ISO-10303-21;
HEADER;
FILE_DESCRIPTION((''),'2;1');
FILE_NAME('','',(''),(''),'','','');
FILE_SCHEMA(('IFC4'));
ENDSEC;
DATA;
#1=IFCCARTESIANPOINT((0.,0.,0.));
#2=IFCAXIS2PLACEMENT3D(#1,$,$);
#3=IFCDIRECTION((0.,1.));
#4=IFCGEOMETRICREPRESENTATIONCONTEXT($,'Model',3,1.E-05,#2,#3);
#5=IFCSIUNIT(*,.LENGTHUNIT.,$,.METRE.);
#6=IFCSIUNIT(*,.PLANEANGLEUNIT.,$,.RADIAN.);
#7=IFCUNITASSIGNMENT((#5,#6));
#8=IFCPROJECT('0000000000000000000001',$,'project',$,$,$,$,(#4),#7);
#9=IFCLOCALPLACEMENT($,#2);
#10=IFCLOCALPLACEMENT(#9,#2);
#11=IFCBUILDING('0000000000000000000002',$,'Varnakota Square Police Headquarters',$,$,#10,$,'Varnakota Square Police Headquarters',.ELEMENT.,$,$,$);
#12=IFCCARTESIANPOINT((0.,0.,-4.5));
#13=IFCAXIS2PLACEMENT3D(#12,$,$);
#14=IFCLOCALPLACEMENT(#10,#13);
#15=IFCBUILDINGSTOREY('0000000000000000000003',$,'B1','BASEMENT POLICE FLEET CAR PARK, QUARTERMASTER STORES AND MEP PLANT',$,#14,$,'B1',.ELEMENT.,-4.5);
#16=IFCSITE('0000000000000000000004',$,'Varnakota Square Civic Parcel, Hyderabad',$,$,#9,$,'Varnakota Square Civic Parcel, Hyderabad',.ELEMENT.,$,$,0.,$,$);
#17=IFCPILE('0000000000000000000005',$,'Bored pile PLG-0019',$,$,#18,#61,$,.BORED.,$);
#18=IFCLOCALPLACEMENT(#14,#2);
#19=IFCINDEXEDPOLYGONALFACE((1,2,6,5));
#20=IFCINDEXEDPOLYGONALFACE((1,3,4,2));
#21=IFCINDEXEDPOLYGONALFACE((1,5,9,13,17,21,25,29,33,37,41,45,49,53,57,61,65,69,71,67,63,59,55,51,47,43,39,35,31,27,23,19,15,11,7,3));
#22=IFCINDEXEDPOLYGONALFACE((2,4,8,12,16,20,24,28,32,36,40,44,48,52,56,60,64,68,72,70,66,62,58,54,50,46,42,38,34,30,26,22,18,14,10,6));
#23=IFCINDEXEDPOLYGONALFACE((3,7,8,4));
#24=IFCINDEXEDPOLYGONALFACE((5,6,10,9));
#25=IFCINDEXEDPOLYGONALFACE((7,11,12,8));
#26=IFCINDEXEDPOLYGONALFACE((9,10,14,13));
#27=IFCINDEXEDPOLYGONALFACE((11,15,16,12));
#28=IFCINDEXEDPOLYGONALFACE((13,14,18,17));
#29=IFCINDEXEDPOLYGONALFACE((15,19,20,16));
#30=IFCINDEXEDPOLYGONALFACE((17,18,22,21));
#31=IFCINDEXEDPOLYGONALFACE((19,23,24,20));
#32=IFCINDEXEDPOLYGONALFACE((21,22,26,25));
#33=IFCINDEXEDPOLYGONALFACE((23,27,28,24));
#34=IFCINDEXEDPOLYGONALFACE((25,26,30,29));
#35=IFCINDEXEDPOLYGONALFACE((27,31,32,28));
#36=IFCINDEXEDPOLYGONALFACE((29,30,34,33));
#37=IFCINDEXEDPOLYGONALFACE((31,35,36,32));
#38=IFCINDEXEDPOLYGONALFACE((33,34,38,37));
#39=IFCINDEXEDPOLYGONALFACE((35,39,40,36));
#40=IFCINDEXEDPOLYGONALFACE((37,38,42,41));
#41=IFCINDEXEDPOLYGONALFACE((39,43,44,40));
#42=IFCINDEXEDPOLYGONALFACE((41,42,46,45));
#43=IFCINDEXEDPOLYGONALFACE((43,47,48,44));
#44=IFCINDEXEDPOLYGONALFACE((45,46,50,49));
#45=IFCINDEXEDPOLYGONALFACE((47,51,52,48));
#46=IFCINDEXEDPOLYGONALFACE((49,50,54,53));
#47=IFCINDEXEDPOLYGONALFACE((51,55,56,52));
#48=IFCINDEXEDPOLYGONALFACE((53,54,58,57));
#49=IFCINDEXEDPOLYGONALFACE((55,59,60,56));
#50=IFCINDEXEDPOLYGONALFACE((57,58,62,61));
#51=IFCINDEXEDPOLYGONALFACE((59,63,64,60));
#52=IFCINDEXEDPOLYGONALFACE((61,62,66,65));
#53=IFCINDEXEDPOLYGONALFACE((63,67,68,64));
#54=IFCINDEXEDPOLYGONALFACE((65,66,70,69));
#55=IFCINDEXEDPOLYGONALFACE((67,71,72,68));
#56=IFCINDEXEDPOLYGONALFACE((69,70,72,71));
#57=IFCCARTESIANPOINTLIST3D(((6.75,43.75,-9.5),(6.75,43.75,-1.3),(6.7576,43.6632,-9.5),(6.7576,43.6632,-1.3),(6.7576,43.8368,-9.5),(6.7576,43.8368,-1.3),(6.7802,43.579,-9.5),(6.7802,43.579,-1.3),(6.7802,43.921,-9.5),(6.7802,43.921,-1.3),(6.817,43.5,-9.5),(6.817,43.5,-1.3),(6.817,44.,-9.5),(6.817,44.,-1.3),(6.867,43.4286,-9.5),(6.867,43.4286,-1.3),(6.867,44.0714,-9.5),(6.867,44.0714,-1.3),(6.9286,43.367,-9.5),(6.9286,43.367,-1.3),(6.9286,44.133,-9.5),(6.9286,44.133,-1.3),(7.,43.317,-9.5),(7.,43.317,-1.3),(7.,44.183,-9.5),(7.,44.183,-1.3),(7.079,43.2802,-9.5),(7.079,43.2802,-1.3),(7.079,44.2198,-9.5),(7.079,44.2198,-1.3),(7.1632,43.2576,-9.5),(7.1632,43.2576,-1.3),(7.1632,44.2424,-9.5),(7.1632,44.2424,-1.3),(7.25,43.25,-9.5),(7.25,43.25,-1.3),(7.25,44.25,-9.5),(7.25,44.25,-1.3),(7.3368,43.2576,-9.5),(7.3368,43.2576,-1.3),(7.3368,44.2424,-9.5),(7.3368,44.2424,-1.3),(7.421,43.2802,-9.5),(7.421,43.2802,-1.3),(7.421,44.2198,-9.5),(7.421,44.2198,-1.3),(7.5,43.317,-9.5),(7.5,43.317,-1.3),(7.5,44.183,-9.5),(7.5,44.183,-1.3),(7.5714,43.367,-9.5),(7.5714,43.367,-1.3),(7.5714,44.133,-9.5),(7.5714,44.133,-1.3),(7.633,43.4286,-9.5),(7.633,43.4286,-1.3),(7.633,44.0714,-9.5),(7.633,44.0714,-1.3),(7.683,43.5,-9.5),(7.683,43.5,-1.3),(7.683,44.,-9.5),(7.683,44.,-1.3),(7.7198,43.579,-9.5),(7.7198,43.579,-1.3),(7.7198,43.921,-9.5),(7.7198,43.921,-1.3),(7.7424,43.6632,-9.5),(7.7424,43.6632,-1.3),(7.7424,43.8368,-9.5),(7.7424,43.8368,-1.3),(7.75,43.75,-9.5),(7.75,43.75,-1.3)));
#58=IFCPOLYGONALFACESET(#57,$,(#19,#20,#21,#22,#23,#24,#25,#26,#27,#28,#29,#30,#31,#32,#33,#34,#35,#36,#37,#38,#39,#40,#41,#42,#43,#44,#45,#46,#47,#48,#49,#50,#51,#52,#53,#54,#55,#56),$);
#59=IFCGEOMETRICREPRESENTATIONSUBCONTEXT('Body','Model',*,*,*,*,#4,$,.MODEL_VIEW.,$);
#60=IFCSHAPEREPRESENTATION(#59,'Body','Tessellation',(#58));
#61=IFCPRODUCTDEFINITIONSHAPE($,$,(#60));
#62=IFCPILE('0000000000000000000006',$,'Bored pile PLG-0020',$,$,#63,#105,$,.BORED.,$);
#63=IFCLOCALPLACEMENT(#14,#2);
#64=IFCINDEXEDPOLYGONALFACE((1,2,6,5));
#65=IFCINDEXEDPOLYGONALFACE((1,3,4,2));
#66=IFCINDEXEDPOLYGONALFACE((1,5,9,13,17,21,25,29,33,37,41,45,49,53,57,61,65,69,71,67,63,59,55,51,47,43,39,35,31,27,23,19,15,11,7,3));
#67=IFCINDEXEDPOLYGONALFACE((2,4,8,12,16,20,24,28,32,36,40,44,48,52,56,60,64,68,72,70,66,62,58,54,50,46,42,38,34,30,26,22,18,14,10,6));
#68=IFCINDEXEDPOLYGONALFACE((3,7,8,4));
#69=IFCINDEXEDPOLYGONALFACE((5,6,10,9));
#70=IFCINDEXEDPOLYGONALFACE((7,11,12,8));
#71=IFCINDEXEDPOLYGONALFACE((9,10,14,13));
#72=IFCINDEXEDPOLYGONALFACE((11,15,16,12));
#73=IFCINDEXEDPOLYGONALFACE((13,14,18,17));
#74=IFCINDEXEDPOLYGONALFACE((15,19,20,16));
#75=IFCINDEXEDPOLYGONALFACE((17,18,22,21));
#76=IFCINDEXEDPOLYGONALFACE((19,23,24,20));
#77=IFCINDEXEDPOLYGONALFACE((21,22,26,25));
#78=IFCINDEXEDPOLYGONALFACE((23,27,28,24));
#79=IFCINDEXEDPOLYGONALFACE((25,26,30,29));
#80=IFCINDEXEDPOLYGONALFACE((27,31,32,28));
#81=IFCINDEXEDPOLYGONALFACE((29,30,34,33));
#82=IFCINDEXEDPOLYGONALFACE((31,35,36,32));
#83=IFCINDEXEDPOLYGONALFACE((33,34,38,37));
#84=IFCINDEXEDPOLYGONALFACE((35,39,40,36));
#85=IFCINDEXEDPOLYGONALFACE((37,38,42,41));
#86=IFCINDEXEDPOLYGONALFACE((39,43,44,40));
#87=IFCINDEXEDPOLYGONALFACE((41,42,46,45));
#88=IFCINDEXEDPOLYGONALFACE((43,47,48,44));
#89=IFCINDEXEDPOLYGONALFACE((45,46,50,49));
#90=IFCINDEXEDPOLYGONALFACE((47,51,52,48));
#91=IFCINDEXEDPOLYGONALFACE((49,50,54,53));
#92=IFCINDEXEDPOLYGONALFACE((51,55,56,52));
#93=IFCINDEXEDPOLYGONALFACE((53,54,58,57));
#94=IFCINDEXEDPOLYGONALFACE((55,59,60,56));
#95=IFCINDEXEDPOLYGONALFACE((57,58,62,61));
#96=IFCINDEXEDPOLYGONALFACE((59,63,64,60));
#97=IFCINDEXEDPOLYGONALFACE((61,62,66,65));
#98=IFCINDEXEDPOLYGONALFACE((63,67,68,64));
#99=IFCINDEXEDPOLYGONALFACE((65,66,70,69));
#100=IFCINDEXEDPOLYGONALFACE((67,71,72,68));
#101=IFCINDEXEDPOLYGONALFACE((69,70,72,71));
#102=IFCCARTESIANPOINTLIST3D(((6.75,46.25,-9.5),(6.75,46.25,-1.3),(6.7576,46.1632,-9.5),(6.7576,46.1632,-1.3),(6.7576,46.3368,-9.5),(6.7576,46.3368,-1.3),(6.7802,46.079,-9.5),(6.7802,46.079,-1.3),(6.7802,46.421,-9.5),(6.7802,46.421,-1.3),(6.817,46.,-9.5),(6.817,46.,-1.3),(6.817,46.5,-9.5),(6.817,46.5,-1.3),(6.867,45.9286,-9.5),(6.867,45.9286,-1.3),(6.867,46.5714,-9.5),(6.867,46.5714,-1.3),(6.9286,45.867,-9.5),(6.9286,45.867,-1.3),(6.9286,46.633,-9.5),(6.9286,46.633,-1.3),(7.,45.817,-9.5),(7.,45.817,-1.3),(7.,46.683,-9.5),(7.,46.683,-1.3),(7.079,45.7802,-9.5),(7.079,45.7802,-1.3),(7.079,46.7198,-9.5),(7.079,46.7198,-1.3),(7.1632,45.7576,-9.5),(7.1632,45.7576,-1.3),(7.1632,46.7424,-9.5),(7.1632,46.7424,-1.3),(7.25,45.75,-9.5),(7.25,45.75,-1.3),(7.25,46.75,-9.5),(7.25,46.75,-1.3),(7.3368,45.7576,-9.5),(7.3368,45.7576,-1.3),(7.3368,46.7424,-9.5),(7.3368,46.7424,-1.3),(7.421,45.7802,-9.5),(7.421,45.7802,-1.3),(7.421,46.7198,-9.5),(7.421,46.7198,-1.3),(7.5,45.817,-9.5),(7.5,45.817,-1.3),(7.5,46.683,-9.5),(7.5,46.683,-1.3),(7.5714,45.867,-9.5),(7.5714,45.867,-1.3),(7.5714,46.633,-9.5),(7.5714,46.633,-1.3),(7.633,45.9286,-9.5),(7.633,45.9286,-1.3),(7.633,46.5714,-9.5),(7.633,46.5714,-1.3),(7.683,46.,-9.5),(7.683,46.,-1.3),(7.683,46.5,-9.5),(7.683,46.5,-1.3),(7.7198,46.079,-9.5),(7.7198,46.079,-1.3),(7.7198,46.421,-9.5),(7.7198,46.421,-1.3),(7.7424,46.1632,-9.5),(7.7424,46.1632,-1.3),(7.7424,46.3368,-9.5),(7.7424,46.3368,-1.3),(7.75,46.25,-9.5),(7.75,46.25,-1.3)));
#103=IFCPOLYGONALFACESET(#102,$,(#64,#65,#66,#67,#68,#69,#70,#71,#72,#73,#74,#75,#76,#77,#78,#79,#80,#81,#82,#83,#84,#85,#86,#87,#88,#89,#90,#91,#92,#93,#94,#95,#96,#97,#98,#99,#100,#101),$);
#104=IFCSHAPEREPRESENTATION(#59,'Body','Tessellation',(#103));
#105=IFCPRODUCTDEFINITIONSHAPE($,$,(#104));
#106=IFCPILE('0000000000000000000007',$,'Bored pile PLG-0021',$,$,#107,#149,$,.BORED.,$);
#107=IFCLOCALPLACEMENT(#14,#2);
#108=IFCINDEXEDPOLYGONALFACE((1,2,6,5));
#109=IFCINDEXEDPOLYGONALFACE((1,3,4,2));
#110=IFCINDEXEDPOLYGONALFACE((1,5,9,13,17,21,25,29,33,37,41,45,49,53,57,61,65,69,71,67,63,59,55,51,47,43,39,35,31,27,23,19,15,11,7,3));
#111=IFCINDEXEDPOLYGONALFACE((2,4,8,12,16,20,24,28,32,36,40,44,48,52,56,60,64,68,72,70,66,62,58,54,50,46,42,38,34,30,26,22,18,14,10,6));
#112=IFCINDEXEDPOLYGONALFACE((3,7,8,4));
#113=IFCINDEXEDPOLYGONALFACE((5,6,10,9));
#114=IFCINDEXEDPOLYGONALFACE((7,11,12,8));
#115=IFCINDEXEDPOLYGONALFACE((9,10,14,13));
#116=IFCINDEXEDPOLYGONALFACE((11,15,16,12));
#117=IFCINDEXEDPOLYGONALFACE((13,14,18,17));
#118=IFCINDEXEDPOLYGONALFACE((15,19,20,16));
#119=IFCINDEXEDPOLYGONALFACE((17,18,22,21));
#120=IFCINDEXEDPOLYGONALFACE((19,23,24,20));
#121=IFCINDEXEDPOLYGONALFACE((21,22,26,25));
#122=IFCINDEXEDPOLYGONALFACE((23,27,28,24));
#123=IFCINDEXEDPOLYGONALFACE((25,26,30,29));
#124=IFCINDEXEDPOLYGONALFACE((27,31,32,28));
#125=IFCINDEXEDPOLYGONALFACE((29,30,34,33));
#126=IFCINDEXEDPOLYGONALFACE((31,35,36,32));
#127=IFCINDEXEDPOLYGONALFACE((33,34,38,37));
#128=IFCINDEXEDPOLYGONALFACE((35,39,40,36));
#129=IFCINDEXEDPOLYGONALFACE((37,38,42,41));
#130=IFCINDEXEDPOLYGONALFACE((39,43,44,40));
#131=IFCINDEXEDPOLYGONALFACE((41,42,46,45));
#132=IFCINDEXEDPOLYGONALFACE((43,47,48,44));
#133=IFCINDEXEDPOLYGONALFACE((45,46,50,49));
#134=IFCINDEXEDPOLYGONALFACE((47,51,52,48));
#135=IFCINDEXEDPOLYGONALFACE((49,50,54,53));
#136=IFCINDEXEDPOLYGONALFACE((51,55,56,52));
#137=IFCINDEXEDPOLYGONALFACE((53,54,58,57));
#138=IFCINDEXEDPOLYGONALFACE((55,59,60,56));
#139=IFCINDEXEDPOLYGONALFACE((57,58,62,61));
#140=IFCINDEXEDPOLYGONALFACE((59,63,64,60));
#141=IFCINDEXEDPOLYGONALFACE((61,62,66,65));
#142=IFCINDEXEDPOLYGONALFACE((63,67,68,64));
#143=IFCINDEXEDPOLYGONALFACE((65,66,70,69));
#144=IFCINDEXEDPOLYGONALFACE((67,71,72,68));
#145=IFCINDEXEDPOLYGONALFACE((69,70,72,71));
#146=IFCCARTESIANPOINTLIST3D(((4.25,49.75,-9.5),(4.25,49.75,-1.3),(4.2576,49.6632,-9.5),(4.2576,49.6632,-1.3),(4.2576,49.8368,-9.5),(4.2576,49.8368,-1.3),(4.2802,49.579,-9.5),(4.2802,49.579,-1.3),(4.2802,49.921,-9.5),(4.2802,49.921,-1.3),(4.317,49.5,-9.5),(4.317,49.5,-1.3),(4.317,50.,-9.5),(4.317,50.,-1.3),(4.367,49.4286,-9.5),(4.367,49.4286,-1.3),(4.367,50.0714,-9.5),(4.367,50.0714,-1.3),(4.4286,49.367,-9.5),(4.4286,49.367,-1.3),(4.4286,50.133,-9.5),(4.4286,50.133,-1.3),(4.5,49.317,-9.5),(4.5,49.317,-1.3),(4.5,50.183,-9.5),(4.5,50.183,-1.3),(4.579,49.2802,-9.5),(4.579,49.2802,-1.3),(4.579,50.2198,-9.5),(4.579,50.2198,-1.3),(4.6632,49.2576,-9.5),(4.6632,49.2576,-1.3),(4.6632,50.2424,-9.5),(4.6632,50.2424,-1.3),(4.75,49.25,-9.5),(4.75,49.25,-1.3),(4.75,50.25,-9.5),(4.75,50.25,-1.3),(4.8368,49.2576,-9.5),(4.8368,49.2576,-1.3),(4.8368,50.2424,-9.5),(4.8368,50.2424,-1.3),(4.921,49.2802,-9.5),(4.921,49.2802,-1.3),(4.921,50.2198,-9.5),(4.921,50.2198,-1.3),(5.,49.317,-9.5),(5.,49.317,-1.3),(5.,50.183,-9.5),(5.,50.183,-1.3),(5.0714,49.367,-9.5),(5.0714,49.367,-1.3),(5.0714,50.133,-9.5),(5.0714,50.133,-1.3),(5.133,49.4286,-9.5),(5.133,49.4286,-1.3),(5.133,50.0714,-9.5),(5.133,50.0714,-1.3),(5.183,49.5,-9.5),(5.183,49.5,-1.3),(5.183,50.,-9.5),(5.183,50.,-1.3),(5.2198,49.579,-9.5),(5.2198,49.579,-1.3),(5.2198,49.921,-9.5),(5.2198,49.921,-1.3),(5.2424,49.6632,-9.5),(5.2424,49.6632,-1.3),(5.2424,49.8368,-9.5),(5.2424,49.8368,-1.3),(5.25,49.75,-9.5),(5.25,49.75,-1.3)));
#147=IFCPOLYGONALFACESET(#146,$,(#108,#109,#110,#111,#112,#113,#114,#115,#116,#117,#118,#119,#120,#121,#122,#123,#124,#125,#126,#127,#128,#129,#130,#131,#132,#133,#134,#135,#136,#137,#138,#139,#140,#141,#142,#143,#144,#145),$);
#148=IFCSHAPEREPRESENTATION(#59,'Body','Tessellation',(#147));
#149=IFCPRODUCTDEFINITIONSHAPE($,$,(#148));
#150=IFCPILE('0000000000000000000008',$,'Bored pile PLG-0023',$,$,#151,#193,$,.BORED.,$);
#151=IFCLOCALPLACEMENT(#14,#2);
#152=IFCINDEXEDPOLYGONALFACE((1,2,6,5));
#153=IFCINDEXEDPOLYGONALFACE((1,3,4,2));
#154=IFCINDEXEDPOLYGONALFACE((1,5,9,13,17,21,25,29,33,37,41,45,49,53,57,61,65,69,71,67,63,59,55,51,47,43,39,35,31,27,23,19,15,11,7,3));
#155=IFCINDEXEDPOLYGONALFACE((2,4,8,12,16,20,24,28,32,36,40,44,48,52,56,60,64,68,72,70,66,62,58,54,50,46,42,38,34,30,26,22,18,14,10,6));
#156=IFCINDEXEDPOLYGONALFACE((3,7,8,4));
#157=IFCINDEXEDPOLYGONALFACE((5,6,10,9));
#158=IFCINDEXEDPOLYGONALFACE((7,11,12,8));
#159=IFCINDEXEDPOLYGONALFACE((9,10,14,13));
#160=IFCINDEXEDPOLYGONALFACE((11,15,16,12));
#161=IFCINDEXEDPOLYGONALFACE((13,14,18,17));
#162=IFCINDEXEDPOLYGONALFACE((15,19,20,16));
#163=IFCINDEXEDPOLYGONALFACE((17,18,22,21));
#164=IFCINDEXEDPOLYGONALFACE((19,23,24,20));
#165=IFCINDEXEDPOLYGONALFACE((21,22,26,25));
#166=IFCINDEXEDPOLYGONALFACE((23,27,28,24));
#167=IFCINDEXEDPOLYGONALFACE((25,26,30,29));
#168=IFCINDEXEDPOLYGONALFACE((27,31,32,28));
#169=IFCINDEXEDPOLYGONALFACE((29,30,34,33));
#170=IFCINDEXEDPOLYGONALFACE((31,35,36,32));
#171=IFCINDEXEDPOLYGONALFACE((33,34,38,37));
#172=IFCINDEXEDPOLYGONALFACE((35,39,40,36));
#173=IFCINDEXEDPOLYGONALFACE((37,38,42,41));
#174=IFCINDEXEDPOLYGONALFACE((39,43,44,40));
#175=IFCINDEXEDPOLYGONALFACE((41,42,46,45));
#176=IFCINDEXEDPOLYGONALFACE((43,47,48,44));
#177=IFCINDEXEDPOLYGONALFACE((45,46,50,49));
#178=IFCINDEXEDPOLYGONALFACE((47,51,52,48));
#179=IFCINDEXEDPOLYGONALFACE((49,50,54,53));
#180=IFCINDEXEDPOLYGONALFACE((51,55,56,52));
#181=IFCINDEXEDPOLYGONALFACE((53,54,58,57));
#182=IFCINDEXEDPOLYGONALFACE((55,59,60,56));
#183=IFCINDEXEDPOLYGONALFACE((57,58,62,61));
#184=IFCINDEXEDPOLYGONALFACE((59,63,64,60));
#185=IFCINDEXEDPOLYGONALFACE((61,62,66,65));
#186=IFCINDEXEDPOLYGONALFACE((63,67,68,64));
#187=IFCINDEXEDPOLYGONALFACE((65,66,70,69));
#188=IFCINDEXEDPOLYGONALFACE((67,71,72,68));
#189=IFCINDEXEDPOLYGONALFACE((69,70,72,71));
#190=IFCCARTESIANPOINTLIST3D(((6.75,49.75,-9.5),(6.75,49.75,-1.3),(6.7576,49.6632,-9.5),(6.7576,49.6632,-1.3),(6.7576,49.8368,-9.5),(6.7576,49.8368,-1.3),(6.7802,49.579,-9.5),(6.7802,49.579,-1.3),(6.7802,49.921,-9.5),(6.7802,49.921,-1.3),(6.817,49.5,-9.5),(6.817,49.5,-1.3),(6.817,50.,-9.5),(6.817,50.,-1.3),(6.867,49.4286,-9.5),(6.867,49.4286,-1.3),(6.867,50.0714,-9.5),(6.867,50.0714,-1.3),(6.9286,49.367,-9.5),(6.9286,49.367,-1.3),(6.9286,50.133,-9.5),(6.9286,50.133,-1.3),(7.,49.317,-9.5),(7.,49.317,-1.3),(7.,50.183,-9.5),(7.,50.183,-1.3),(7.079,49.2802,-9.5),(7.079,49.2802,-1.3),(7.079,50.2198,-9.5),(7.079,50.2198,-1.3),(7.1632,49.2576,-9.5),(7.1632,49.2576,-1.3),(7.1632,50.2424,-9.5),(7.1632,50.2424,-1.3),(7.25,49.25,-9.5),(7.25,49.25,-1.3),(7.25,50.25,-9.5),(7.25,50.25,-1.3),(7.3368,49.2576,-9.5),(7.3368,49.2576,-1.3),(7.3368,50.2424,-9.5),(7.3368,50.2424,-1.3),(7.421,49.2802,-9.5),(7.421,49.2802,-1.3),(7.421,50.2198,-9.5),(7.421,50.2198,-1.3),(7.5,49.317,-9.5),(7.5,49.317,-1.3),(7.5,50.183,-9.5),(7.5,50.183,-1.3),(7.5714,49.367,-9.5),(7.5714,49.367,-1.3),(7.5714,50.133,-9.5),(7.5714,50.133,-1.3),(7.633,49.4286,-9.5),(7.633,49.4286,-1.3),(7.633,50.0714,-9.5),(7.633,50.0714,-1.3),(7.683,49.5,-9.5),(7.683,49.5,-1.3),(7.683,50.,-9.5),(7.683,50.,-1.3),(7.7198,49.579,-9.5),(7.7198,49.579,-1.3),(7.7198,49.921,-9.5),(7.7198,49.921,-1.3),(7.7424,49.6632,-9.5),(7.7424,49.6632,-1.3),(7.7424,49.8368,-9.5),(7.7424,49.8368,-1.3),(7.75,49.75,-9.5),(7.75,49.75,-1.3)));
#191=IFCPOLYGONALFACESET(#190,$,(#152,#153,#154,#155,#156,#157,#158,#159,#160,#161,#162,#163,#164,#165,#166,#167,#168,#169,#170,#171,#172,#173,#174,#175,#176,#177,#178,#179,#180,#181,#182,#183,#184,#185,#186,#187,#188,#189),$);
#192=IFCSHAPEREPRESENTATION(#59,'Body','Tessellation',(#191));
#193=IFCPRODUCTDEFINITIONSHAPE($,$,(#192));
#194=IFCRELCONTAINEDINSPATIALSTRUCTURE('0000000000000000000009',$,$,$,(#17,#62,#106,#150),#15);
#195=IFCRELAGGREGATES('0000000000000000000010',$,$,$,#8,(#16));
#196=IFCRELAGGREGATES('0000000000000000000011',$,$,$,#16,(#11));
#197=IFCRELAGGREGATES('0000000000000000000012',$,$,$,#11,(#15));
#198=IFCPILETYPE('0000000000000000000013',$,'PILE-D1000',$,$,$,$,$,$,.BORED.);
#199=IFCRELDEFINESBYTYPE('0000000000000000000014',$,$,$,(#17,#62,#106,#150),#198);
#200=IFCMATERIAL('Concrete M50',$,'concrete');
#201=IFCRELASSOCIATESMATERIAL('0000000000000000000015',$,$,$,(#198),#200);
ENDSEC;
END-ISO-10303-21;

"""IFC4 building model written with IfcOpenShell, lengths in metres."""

from ifc_helpers import new_model, si_unit, direction, frame, origin, origin_2d, place, context, subcontext, project, spatial, circle, extrude, material, material_profile, profile_set, type_object, element, save


model = new_model("IFC4")

# Units and contexts
model_context = context("Model", 3, precision=1e-05, world=origin(), true_north=direction((0.0, 1.0)))
body_context = subcontext(model_context, "Body", "Model", "MODEL_VIEW")
ifc_project = project(units=[si_unit("LENGTHUNIT", "METRE"), si_unit("PLANEANGLEUNIT", "RADIAN")], contexts=[model_context])

# Site, building, storey
site_placement = place(None, origin())
site = spatial("IfcSite", under=ifc_project, at=site_placement, Name="Varnakota Square Civic Parcel, Hyderabad", LongName="Varnakota Square Civic Parcel, Hyderabad", CompositionType="ELEMENT", RefElevation=0.0)
building_placement = place(site_placement, origin())
building = spatial("IfcBuilding", under=site, at=building_placement, Name="Varnakota Square Police Headquarters", LongName="Varnakota Square Police Headquarters", CompositionType="ELEMENT")
storey_placement = place(building_placement, frame((0.0, 0.0, -4.5)))
storey = spatial("IfcBuildingStorey", under=building, at=storey_placement, Name="B1", Description="BASEMENT POLICE FLEET CAR PARK, QUARTERMASTER STORES AND MEP PLANT", LongName="B1", CompositionType="ELEMENT", Elevation=-4.5)

# Shared definitions
ifc_material_1 = material(Name="Concrete M50", Category="concrete")

# Piles
ifc_material_profile_1 = material_profile(ifc_material_1, circle(Radius=0.5, at=origin_2d()), Name="BORED PILE 1000")
ifc_profile_set_1 = profile_set([ifc_material_profile_1], Name="Concrete M50")
pile_type = type_object("IfcPileType", Name="PILE-D1000", PredefinedType="BORED", material=ifc_profile_set_1)
for number, where, z_axis, x_axis, name in (
    (1, (7.25, 43.75, -1.3), (0.0, 0.0, -1.0), (1.0, 0.0, 0.0), "Bored pile PLG-0019"),
    (2, (7.25, 46.25, -1.3), (0.0, 0.0, -1.0), (1.0, 0.0, 0.0), "Bored pile PLG-0020"),
    (3, (4.75, 49.75, -1.3), (0.0, 0.0, -1.0), (1.0, 0.0, 0.0), "Bored pile PLG-0021"),
    (4, (7.25, 49.75, -1.3), (0.0, 0.0, -1.0), (1.0, 0.0, 0.0), "Bored pile PLG-0023"),
):
    element("IfcPile", number, at=place(storey_placement, frame(where, z_axis=z_axis, x_axis=x_axis)), inside=storey, type_object=pile_type, Name=name, PredefinedType="BORED", context=body_context, shape_type="SweptSolid", body=[
        extrude(circle(Radius=0.5, at=origin_2d()), origin(), (0.0, 0.0, 1.0), 8.2),
    ])

save(model, "model.ifc")
